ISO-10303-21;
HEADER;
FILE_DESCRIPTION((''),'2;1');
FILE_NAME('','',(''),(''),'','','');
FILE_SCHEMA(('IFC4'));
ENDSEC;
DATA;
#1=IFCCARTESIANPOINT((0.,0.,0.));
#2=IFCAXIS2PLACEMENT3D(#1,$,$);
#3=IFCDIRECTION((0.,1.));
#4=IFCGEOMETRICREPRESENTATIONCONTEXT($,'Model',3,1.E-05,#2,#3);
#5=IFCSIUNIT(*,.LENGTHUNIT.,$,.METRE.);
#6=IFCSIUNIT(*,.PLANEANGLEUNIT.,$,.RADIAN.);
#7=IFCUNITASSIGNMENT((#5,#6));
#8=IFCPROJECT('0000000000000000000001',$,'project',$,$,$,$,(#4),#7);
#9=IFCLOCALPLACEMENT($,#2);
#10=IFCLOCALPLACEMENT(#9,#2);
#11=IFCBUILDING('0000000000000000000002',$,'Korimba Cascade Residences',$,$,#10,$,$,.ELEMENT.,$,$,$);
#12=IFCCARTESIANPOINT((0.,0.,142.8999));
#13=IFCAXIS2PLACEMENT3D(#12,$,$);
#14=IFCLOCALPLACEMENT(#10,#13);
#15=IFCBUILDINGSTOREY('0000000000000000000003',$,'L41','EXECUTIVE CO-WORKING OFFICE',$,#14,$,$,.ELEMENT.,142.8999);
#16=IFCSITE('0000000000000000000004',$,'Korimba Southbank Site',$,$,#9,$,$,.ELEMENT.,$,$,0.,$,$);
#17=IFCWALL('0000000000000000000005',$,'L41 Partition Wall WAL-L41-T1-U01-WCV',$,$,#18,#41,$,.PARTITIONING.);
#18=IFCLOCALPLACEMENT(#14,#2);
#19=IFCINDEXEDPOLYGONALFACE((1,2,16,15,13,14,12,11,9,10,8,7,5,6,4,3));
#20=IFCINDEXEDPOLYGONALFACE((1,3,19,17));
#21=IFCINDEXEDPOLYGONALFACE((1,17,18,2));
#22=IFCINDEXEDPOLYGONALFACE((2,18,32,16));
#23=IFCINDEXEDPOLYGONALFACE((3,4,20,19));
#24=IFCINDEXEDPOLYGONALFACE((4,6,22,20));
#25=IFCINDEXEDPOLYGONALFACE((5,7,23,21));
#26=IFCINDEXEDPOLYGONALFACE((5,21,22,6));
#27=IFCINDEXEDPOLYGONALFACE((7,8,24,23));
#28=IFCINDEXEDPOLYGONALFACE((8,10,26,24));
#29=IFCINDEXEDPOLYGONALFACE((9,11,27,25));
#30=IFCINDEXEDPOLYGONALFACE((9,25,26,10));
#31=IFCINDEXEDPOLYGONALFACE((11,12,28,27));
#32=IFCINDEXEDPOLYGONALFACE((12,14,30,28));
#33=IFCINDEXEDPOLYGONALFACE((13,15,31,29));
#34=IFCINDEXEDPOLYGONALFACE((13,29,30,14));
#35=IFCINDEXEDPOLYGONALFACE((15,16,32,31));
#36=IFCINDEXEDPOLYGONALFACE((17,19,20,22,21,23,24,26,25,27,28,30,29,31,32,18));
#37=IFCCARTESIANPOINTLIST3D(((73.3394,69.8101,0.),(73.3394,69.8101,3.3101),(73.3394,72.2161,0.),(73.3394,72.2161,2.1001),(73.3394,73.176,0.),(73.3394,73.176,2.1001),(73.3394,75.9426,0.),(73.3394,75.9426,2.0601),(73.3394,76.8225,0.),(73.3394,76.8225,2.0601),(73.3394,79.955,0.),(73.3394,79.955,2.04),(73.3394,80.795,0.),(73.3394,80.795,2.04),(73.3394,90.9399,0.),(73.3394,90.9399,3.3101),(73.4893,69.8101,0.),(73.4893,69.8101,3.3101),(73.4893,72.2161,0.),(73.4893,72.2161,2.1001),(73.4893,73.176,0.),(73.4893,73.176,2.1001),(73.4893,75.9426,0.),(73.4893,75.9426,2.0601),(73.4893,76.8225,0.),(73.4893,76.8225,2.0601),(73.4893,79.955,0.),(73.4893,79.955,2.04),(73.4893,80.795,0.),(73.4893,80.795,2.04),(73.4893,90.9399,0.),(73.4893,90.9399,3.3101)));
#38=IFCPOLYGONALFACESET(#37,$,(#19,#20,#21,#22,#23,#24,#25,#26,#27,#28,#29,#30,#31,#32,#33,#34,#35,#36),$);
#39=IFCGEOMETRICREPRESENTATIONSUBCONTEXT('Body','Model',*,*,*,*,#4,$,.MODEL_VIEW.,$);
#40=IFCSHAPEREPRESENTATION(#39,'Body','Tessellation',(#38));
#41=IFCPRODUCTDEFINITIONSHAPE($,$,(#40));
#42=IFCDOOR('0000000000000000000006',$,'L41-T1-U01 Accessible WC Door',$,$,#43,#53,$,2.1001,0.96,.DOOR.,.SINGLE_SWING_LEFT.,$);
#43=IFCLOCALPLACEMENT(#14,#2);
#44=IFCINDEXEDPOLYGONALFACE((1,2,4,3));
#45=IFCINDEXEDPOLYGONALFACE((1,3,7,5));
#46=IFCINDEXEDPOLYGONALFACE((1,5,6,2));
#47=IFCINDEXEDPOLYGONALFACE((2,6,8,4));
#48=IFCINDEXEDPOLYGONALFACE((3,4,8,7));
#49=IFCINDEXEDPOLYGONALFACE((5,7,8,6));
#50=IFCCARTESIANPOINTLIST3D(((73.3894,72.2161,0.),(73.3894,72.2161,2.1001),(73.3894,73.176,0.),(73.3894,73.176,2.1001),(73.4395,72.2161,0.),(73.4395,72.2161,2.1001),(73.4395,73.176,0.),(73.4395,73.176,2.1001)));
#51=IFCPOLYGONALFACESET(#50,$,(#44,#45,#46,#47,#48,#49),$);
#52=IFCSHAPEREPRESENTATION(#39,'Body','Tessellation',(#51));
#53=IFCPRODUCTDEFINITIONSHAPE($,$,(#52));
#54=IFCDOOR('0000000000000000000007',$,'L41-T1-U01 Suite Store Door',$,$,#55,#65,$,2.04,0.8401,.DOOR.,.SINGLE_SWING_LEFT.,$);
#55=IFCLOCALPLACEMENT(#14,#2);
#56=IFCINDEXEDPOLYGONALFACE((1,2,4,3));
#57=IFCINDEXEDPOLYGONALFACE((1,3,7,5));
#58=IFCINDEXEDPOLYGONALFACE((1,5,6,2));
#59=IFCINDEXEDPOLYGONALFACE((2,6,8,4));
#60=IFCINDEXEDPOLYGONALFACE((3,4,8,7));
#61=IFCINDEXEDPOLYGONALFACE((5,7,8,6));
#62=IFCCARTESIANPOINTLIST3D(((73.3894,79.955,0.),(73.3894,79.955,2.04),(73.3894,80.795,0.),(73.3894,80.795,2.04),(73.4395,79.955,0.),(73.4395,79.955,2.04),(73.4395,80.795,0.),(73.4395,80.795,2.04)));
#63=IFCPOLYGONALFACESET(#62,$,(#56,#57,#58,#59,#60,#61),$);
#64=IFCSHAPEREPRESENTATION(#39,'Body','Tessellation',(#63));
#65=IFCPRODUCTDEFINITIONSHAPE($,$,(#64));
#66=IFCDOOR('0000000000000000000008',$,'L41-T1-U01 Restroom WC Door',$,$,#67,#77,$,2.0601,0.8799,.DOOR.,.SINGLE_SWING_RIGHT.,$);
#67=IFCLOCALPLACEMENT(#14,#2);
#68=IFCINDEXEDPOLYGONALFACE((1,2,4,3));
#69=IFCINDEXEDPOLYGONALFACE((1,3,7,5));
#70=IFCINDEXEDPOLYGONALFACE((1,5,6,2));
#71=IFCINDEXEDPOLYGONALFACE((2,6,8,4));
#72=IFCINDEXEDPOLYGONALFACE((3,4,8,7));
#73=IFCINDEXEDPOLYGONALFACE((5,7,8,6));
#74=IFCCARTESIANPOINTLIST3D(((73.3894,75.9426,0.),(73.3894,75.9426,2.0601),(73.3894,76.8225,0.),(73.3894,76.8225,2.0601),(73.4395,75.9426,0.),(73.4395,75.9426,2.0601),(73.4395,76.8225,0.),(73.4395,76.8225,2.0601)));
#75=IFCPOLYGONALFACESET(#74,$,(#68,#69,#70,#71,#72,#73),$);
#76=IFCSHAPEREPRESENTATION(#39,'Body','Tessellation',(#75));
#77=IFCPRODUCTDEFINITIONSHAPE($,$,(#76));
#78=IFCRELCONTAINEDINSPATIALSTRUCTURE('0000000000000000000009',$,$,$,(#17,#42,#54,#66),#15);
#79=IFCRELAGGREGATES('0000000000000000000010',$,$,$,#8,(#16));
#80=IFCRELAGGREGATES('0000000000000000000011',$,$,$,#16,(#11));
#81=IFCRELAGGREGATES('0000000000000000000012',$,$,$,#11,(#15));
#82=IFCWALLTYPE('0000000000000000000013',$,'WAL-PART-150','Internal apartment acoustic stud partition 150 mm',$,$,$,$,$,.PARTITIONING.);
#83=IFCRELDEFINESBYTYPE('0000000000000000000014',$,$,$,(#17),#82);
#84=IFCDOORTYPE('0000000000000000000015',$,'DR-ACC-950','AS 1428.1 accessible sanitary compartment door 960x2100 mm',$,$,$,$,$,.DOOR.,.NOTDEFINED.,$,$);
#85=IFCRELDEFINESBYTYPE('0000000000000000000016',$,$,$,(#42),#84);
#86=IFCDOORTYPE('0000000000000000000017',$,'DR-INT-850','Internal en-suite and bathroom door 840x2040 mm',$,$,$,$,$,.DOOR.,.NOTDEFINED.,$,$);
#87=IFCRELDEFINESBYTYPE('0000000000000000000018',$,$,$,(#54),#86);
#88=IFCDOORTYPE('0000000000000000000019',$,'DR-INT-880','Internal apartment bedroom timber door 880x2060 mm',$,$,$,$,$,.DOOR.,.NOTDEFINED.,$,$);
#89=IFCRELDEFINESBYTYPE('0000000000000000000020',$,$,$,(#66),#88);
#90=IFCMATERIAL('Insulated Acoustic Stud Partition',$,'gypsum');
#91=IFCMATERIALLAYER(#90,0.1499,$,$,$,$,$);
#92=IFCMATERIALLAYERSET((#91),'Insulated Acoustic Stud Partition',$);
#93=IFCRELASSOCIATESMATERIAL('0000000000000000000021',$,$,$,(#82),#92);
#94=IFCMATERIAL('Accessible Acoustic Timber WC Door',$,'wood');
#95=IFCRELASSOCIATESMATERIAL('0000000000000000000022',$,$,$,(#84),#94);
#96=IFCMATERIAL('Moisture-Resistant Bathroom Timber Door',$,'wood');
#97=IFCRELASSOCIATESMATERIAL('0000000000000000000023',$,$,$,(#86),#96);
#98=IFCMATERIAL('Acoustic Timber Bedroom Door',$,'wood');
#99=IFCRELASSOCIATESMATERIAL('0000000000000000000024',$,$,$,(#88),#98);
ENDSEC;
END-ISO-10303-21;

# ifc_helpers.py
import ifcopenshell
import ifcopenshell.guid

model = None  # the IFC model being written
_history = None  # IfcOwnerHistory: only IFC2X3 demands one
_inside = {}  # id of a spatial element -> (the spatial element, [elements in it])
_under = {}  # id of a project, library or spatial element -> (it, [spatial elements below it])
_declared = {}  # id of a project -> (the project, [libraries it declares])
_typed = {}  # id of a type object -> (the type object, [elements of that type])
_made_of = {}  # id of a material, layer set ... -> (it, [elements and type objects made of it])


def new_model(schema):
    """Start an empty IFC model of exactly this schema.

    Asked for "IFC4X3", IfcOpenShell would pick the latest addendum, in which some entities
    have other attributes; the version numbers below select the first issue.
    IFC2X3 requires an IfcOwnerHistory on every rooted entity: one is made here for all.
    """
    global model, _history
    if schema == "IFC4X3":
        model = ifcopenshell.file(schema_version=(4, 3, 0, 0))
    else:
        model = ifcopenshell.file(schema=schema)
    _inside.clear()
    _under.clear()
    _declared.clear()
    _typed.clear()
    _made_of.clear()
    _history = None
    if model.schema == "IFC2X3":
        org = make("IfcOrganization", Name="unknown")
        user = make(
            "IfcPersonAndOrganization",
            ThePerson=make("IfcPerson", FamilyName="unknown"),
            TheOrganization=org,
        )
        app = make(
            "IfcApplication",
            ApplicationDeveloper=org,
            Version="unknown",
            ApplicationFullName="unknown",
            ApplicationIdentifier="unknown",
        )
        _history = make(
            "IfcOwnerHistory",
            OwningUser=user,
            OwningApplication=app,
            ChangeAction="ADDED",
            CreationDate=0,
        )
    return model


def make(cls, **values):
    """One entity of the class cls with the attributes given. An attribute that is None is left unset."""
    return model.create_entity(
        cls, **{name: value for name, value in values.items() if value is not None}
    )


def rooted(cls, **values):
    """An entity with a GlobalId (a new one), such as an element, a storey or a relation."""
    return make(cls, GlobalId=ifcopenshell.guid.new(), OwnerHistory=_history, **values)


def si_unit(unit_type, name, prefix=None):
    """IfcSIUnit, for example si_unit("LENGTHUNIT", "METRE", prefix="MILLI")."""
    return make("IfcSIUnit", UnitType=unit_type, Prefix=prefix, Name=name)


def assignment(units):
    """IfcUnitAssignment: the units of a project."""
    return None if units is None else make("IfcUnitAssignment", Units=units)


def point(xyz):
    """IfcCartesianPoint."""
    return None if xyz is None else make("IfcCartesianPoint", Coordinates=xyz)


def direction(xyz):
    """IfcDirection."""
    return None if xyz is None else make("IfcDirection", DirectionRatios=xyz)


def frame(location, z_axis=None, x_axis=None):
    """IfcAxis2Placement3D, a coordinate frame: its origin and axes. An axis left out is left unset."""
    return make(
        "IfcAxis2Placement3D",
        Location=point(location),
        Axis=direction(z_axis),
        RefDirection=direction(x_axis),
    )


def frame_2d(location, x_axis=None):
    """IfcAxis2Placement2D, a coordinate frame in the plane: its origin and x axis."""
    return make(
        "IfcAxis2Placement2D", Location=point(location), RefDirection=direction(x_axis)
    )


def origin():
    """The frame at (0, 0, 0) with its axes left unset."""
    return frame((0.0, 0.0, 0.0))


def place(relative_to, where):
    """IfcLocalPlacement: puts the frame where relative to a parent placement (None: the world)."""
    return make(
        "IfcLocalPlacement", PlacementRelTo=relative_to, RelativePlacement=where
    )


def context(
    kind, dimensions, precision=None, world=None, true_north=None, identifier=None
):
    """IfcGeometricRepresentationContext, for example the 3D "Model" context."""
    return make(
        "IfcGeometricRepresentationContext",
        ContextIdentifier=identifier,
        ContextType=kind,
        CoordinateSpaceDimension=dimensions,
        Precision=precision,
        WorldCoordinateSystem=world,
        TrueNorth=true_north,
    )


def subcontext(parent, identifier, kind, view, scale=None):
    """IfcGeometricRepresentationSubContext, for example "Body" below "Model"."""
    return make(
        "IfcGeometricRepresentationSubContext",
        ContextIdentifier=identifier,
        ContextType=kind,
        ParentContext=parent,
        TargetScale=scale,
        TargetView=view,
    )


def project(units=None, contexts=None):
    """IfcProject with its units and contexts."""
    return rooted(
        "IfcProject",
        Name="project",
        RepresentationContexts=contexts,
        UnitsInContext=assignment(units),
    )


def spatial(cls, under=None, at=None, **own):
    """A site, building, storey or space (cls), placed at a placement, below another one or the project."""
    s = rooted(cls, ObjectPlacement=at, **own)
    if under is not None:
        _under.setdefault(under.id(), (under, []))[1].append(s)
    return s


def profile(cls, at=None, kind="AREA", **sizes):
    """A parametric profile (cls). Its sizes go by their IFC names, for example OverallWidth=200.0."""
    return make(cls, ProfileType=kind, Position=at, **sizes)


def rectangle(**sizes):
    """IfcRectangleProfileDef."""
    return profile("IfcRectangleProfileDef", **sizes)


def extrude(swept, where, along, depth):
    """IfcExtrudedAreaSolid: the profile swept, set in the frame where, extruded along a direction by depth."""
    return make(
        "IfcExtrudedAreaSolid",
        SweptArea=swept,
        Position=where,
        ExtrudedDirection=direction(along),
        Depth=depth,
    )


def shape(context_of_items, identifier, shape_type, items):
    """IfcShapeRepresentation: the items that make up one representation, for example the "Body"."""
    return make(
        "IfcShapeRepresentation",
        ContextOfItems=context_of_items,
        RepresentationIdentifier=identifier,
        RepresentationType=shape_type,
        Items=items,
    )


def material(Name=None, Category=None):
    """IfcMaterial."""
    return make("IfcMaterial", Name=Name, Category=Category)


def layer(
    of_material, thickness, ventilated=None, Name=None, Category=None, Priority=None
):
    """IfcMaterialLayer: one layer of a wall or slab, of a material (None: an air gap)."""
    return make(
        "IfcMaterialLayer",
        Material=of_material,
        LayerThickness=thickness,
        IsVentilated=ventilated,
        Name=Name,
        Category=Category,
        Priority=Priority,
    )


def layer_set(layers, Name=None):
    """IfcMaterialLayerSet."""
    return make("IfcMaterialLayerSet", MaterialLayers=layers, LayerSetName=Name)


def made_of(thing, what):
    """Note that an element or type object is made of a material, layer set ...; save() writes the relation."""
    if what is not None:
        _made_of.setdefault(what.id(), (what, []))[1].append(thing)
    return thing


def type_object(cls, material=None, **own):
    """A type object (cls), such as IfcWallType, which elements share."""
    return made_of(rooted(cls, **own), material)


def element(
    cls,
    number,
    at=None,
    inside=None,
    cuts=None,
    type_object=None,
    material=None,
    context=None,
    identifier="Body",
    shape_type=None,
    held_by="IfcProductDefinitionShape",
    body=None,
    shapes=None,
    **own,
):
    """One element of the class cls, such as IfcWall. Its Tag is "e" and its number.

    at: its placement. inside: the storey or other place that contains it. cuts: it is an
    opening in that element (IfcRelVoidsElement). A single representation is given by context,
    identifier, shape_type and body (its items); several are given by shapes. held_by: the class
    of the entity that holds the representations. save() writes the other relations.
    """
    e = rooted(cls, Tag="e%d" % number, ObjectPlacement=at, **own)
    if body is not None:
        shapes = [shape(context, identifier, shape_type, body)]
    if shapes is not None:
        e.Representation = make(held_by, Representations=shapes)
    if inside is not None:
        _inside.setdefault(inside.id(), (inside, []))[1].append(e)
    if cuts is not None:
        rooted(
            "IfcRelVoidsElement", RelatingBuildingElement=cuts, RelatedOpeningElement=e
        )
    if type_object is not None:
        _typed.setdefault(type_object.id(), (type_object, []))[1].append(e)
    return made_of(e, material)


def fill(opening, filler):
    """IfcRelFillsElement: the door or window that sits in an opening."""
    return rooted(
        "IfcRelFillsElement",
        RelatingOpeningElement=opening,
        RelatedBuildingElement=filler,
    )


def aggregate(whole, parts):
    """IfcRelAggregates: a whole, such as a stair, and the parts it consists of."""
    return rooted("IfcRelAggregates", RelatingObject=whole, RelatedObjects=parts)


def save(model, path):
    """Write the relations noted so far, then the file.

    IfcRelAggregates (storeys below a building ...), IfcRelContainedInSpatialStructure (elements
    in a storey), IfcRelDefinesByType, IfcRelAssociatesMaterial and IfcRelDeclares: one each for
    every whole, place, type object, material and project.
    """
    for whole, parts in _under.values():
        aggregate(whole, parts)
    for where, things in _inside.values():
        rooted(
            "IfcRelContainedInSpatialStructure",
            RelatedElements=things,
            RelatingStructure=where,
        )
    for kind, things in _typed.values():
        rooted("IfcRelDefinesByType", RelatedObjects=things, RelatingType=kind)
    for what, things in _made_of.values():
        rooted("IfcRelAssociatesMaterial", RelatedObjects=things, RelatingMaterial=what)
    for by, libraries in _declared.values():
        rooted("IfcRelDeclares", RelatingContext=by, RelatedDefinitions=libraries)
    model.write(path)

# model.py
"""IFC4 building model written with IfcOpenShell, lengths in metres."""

from ifc_helpers import new_model, si_unit, direction, frame, frame_2d, origin, place, context, subcontext, project, spatial, rectangle, extrude, material, layer, layer_set, type_object, element, fill, save


model = new_model("IFC4")

# Units and contexts
model_context = context("Model", 3, precision=1e-05, world=origin(), true_north=direction((0.0, 1.0)))
body_context = subcontext(model_context, "Body", "Model", "MODEL_VIEW")
ifc_project = project(units=[si_unit("LENGTHUNIT", "METRE"), si_unit("PLANEANGLEUNIT", "RADIAN")], contexts=[model_context])

# Site, building, storey
site_placement = place(None, origin())
site = spatial("IfcSite", under=ifc_project, at=site_placement, Name="Korimba Southbank Site", CompositionType="ELEMENT", RefElevation=0.0)
building_placement = place(site_placement, origin())
building = spatial("IfcBuilding", under=site, at=building_placement, Name="Korimba Cascade Residences", CompositionType="ELEMENT")
storey_placement = place(building_placement, frame((0.0, 0.0, 142.8999)))
storey = spatial("IfcBuildingStorey", under=building, at=storey_placement, Name="L41", Description="EXECUTIVE CO-WORKING OFFICE", CompositionType="ELEMENT", Elevation=142.8999)

# Shared definitions
ifc_material_1 = material(Name="Insulated Acoustic Stud Partition", Category="gypsum")
ifc_layer_1 = layer(ifc_material_1, 0.1499)
ifc_layer_set_1 = layer_set([ifc_layer_1], Name="Insulated Acoustic Stud Partition")
wall_type_1 = type_object("IfcWallType", Name="WAL-PART-150", Description="Internal apartment acoustic stud partition 150 mm", PredefinedType="PARTITIONING", material=ifc_layer_set_1)

# Wall, openings, doors
wall_1_placement = place(storey_placement, frame((73.4143, 69.8101, 0.0), z_axis=(0.0, 0.0, 1.0), x_axis=(0.0, 1.0, 0.0)))
wall_1 = element("IfcWall", 1, at=wall_1_placement, inside=storey, type_object=wall_type_1, Name="L41 Partition Wall WAL-L41-T1-U01-WCV", PredefinedType="PARTITIONING", context=body_context, shape_type="SweptSolid", body=[
    extrude(rectangle(XDim=21.1299, YDim=0.1499, at=frame_2d((10.5649, 0.0))), origin(), (0.0, 0.0, 1.0), 3.3101),
])
opening_1_placement = place(wall_1_placement, frame((2.406, 0.0, 0.0)))
opening_1 = element("IfcOpeningElement", 2, at=opening_1_placement, cuts=wall_1, PredefinedType="OPENING", context=body_context, shape_type="SweptSolid", body=[
    extrude(rectangle(XDim=0.96, YDim=2.1001, at=frame_2d((0.48, 1.05))), frame((0.0, 0.085, 0.0), z_axis=(0.0, -1.0, 0.0), x_axis=(1.0, 0.0, 0.0)), (0.0, 0.0, 1.0), 0.1699),
])
opening_2_placement = place(wall_1_placement, frame((6.1326, 0.0, 0.0)))
opening_2 = element("IfcOpeningElement", 3, at=opening_2_placement, cuts=wall_1, PredefinedType="OPENING", context=body_context, shape_type="SweptSolid", body=[
    extrude(rectangle(XDim=0.8799, YDim=2.0601, at=frame_2d((0.4399, 1.03))), frame((0.0, 0.085, 0.0), z_axis=(0.0, -1.0, 0.0), x_axis=(1.0, 0.0, 0.0)), (0.0, 0.0, 1.0), 0.1699),
])
opening_3_placement = place(wall_1_placement, frame((10.145, 0.0, 0.0)))
opening_3 = element("IfcOpeningElement", 4, at=opening_3_placement, cuts=wall_1, PredefinedType="OPENING", context=body_context, shape_type="SweptSolid", body=[
    extrude(rectangle(XDim=0.8401, YDim=2.04, at=frame_2d((0.4199, 1.02))), frame((0.0, 0.085, 0.0), z_axis=(0.0, -1.0, 0.0), x_axis=(1.0, 0.0, 0.0)), (0.0, 0.0, 1.0), 0.1699),
])
ifc_material_2 = material(Name="Accessible Acoustic Timber WC Door", Category="wood")
door_type_1 = type_object("IfcDoorType", Name="DR-ACC-950", Description="AS 1428.1 accessible sanitary compartment door 960x2100 mm", OperationType="NOTDEFINED", PredefinedType="DOOR", material=ifc_material_2)
door_1_placement = place(opening_1_placement, origin())
door_1 = element("IfcDoor", 5, at=door_1_placement, inside=storey, type_object=door_type_1, Name="L41-T1-U01 Accessible WC Door", OperationType="SINGLE_SWING_LEFT", OverallHeight=2.1001, OverallWidth=0.96, PredefinedType="DOOR", context=body_context, shape_type="SweptSolid", body=[
    extrude(rectangle(XDim=0.96, YDim=2.1001, at=frame_2d((0.48, 1.05))), frame((0.0, 0.0249, 0.0), z_axis=(0.0, -1.0, 0.0), x_axis=(1.0, 0.0, 0.0)), (0.0, 0.0, 1.0), 0.05),
])
fill(opening_1, door_1)
ifc_material_3 = material(Name="Moisture-Resistant Bathroom Timber Door", Category="wood")
door_type_2 = type_object("IfcDoorType", Name="DR-INT-850", Description="Internal en-suite and bathroom door 840x2040 mm", OperationType="NOTDEFINED", PredefinedType="DOOR", material=ifc_material_3)
door_2_placement = place(opening_3_placement, origin())
door_2 = element("IfcDoor", 6, at=door_2_placement, inside=storey, type_object=door_type_2, Name="L41-T1-U01 Suite Store Door", OperationType="SINGLE_SWING_LEFT", OverallHeight=2.04, OverallWidth=0.8401, PredefinedType="DOOR", context=body_context, shape_type="SweptSolid", body=[
    extrude(rectangle(XDim=0.8401, YDim=2.04, at=frame_2d((0.4199, 1.02))), frame((0.0, 0.0249, 0.0), z_axis=(0.0, -1.0, 0.0), x_axis=(1.0, 0.0, 0.0)), (0.0, 0.0, 1.0), 0.05),
])
fill(opening_3, door_2)
ifc_material_4 = material(Name="Acoustic Timber Bedroom Door", Category="wood")
door_type_3 = type_object("IfcDoorType", Name="DR-INT-880", Description="Internal apartment bedroom timber door 880x2060 mm", OperationType="NOTDEFINED", PredefinedType="DOOR", material=ifc_material_4)
door_3_placement = place(opening_2_placement, origin())
door_3 = element("IfcDoor", 7, at=door_3_placement, inside=storey, type_object=door_type_3, Name="L41-T1-U01 Restroom WC Door", OperationType="SINGLE_SWING_RIGHT", OverallHeight=2.0601, OverallWidth=0.8799, PredefinedType="DOOR", context=body_context, shape_type="SweptSolid", body=[
    extrude(rectangle(XDim=0.8799, YDim=2.0601, at=frame_2d((0.4399, 1.03))), frame((0.0, 0.0249, 0.0), z_axis=(0.0, -1.0, 0.0), x_axis=(1.0, 0.0, 0.0)), (0.0, 0.0, 1.0), 0.05),
])
fill(opening_2, door_3)

save(model, "model.ifc")
